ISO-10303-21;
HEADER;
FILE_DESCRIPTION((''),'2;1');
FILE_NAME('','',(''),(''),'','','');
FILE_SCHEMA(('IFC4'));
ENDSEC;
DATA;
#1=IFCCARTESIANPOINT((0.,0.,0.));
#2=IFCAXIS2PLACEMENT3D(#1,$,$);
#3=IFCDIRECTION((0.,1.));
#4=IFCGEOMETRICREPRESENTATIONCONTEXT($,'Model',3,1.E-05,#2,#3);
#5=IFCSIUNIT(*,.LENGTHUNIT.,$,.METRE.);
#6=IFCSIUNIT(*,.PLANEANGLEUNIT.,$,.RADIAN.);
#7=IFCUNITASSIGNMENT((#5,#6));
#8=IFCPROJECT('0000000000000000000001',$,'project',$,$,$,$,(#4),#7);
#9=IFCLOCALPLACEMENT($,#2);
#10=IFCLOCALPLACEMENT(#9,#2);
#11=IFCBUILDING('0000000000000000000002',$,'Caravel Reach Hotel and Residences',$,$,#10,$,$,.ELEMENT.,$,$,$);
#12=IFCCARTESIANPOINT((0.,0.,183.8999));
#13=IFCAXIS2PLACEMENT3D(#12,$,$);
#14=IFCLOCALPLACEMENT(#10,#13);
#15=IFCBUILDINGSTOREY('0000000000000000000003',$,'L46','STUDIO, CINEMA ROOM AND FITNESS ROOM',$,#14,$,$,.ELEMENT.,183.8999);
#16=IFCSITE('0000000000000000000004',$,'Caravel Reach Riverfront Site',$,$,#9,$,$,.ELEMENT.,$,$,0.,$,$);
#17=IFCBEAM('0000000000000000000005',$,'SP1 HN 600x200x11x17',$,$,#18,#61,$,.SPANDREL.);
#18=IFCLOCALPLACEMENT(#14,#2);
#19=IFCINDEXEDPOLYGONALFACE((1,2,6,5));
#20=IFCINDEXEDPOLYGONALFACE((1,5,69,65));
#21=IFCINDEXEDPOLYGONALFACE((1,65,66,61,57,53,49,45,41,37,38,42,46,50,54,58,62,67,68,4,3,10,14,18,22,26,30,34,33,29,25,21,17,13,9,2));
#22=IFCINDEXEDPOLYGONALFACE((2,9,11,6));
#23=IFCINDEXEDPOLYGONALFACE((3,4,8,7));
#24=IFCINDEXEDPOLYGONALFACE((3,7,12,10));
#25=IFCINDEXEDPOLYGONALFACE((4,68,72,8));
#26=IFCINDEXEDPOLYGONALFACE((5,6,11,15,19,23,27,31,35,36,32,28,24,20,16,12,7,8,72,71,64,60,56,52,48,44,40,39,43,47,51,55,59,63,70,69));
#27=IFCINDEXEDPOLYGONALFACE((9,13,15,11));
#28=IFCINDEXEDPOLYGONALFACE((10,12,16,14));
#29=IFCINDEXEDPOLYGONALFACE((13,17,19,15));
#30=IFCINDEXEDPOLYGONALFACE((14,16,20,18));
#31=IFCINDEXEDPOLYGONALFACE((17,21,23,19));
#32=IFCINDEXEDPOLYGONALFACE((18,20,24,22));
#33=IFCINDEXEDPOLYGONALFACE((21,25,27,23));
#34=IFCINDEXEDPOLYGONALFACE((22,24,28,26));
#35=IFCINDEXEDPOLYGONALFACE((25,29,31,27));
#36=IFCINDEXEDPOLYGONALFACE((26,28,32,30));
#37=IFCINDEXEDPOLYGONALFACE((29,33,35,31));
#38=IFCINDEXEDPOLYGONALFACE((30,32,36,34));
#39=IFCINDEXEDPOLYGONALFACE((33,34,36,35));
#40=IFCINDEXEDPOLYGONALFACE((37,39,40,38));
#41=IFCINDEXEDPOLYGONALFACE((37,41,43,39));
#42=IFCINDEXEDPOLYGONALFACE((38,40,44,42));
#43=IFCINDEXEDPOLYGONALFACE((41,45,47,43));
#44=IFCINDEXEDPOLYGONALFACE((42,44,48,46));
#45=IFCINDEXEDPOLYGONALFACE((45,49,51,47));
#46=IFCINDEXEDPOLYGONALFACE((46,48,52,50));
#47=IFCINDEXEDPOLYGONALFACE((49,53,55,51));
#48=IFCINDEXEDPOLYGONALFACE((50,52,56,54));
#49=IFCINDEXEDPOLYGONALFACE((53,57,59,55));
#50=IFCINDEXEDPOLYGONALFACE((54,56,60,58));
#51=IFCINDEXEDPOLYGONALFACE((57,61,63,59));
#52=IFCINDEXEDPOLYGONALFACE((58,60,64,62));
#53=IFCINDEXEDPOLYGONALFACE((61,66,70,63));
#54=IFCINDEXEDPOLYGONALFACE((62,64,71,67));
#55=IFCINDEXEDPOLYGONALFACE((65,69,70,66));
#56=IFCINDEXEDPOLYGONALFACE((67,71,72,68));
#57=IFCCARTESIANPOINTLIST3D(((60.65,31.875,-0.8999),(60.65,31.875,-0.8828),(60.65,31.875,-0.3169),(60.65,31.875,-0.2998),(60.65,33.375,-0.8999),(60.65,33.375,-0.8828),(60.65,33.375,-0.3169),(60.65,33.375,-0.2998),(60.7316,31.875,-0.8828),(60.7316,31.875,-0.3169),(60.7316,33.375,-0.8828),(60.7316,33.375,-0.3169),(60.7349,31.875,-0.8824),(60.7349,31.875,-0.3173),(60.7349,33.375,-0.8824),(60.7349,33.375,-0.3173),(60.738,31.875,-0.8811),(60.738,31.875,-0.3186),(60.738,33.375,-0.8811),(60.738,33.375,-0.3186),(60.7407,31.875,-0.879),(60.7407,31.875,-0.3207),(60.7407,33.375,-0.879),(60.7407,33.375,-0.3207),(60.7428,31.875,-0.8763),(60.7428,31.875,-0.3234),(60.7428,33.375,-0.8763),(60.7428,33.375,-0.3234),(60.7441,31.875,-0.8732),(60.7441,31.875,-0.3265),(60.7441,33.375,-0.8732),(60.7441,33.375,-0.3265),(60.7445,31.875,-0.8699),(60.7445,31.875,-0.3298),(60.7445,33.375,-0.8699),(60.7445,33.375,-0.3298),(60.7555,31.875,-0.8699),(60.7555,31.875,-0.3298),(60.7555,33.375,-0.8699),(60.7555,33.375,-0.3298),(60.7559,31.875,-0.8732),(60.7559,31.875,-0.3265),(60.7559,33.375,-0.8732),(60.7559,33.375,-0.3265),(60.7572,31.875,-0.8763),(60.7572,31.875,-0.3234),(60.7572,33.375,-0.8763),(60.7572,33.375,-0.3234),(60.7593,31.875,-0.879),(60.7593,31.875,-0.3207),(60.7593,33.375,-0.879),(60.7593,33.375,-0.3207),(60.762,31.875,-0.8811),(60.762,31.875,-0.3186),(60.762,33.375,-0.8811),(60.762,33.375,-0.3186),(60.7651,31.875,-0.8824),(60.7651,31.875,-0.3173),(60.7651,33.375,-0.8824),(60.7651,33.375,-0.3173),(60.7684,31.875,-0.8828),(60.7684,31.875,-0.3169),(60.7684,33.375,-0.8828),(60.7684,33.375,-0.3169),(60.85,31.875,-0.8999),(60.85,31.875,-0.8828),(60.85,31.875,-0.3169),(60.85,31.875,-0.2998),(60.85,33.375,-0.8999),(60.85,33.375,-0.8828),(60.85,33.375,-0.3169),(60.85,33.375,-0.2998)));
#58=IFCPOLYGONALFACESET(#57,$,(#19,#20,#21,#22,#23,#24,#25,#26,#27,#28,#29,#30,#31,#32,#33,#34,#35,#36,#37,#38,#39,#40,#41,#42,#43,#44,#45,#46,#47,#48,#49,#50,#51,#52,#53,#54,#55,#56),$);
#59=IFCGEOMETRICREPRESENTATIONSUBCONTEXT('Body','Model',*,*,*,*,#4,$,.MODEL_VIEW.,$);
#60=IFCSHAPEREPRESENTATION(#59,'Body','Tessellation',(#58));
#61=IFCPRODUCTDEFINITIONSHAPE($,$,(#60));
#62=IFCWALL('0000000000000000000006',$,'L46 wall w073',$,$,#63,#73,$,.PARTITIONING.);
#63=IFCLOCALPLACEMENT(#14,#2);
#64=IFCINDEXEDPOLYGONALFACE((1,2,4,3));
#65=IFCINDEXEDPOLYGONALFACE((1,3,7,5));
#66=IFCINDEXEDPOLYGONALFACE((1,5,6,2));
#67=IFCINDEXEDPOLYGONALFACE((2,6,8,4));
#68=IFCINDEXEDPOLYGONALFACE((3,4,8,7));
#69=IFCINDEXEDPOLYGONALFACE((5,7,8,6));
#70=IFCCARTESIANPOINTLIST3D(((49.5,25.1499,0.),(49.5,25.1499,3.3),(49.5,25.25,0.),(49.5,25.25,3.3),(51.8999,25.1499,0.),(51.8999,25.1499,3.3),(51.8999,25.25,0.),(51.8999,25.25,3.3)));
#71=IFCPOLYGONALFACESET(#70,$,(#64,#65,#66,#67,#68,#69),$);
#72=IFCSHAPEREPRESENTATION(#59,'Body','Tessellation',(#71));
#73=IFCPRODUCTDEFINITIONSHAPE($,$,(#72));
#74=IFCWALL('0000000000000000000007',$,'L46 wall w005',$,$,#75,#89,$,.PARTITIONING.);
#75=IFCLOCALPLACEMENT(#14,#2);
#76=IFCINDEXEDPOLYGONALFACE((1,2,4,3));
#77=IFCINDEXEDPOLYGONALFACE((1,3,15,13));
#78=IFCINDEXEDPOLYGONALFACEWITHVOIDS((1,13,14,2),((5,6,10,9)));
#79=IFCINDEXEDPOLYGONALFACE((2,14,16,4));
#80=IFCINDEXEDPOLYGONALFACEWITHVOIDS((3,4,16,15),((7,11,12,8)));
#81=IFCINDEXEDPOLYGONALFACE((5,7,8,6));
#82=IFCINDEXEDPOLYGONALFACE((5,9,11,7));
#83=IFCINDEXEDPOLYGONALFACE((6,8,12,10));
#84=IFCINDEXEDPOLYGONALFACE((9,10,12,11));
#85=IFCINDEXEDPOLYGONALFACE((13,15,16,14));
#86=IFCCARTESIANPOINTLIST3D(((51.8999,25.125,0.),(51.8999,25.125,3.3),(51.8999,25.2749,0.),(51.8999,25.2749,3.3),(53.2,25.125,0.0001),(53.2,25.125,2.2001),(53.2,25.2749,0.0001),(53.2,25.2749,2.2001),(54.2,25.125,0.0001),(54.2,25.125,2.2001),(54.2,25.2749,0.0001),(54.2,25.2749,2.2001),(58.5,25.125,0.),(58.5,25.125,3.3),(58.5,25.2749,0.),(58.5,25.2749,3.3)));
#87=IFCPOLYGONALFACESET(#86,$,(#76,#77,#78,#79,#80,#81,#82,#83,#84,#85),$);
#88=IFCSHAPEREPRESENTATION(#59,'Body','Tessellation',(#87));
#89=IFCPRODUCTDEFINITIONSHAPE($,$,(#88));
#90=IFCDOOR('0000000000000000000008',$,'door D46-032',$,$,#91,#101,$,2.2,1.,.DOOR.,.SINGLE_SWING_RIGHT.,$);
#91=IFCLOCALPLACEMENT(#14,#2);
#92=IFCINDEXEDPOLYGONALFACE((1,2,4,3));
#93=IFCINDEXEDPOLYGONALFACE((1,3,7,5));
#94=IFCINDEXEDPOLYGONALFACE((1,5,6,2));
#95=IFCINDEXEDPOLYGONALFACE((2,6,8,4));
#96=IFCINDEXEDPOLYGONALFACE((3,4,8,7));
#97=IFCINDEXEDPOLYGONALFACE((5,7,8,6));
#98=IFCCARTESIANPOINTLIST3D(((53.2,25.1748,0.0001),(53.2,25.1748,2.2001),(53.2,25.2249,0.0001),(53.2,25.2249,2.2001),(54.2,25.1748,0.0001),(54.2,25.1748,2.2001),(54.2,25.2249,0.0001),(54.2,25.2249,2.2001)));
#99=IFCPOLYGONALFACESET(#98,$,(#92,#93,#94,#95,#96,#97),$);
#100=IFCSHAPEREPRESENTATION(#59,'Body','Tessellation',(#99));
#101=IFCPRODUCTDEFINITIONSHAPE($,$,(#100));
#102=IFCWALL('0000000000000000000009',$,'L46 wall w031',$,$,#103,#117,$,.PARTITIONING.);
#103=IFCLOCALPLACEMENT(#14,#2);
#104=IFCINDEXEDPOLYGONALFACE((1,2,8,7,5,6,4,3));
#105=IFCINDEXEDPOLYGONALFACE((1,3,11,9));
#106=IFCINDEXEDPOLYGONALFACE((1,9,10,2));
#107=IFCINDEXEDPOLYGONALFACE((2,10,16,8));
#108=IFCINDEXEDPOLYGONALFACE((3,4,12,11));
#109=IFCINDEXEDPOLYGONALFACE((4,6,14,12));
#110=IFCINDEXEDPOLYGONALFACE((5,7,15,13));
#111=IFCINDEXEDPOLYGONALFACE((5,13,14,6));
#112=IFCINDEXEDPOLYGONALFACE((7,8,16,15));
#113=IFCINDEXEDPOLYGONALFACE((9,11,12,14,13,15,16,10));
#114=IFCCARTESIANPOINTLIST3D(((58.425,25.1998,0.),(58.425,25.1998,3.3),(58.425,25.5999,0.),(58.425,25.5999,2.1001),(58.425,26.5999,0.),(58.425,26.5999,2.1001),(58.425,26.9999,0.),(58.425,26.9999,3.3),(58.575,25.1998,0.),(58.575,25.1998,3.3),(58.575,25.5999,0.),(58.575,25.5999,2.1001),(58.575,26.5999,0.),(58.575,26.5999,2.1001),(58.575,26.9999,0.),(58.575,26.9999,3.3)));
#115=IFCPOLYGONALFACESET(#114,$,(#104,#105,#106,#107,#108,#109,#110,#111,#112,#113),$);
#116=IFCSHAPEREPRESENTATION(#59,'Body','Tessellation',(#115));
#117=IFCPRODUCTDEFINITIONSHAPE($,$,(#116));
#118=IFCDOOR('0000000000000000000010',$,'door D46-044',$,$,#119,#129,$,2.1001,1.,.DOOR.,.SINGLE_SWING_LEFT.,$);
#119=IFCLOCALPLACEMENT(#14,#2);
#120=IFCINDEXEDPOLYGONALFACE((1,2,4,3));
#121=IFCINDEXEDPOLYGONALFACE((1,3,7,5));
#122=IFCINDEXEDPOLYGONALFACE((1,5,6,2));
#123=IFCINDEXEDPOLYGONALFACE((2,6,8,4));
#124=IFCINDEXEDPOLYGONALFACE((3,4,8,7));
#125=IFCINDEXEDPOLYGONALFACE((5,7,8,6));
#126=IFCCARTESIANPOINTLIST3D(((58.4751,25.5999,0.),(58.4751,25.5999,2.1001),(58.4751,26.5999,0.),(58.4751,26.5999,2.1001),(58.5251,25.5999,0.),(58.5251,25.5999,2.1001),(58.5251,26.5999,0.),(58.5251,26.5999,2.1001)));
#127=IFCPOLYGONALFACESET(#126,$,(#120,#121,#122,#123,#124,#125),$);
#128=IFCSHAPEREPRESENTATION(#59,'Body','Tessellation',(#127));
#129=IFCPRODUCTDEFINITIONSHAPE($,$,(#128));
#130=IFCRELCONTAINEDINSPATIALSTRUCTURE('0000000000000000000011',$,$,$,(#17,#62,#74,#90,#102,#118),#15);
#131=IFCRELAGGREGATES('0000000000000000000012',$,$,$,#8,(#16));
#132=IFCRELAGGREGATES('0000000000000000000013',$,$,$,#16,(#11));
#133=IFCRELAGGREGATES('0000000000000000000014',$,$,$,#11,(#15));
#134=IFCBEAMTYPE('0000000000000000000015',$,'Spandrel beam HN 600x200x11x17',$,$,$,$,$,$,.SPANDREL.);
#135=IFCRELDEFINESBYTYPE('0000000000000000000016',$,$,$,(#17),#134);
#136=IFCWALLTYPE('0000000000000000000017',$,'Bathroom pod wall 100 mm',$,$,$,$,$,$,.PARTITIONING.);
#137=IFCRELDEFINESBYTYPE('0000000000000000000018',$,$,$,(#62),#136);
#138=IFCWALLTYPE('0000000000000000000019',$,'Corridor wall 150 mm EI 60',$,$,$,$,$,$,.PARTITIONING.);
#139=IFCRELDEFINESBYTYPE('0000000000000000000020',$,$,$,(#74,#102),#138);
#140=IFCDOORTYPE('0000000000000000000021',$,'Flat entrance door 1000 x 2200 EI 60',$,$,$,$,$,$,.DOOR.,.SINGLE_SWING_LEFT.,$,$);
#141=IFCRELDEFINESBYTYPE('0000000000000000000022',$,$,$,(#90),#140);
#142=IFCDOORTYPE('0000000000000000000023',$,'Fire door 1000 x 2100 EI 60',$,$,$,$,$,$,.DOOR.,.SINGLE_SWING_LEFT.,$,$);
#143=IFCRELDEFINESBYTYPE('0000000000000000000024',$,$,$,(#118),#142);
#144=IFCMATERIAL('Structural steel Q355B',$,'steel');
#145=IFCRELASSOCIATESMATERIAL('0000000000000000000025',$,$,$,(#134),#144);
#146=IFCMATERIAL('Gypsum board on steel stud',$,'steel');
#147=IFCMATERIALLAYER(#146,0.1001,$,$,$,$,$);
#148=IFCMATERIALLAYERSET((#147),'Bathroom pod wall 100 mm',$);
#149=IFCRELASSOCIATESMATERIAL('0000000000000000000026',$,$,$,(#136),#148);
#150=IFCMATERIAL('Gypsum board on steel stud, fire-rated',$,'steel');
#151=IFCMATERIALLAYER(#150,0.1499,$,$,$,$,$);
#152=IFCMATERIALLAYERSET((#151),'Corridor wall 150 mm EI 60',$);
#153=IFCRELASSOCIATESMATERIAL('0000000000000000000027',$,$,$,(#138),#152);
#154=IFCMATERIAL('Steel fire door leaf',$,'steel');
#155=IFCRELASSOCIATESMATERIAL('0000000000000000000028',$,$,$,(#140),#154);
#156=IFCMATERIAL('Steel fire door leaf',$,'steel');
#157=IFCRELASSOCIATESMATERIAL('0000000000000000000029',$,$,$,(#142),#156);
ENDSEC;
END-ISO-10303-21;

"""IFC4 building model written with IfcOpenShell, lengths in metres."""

from ifc_helpers import new_model, si_unit, direction, frame, frame_2d, origin, origin_2d, place, context, subcontext, project, spatial, rectangle, i_section, extrude, material, layer, layer_set, material_profile, profile_set, type_object, element, fill, save


model = new_model("IFC4")

# Units and contexts
model_context = context("Model", 3, precision=1e-05, world=origin(), true_north=direction((0.0, 1.0)))
body_context = subcontext(model_context, "Body", "Model", "MODEL_VIEW")
ifc_project = project(units=[si_unit("LENGTHUNIT", "METRE"), si_unit("PLANEANGLEUNIT", "RADIAN")], contexts=[model_context])

# Site, building, storey
site_placement = place(None, origin())
site = spatial("IfcSite", under=ifc_project, at=site_placement, Name="Caravel Reach Riverfront Site", CompositionType="ELEMENT", RefElevation=0.0)
building_placement = place(site_placement, origin())
building = spatial("IfcBuilding", under=site, at=building_placement, Name="Caravel Reach Hotel and Residences", CompositionType="ELEMENT")
storey_placement = place(building_placement, frame((0.0, 0.0, 183.8999)))
storey = spatial("IfcBuildingStorey", under=building, at=storey_placement, Name="L46", Description="STUDIO, CINEMA ROOM AND FITNESS ROOM", CompositionType="ELEMENT", Elevation=183.8999)

# Beam
ifc_material_1 = material(Name="Structural steel Q355B", Category="steel")
ifc_material_profile_1 = material_profile(ifc_material_1, i_section(OverallWidth=0.2, OverallDepth=0.6001, WebThickness=0.011, FlangeThickness=0.0171, FilletRadius=0.0129, at=origin_2d()), Name="HN 600x200x11x17")
ifc_profile_set_1 = profile_set([ifc_material_profile_1], Name="Structural steel Q355B")
beam_type_1 = type_object("IfcBeamType", Name="Spandrel beam HN 600x200x11x17", PredefinedType="SPANDREL", material=ifc_profile_set_1)
for number, where, z_axis, x_axis, name in (
    (1, (60.75, 31.875, -0.5999), (0.0, 1.0, 0.0), (-1.0, 0.0, 0.0), "SP1 HN 600x200x11x17"),
):
    element("IfcBeam", number, at=place(storey_placement, frame(where, z_axis=z_axis, x_axis=x_axis)), inside=storey, type_object=beam_type_1, Name=name, PredefinedType="SPANDREL", context=body_context, shape_type="SweptSolid", body=[
        extrude(i_section(OverallWidth=0.2, OverallDepth=0.6001, WebThickness=0.011, FlangeThickness=0.0171, FilletRadius=0.0129, at=origin_2d()), origin(), (0.0, 0.0, 1.0), 1.5),
    ])

# Wall
ifc_material_2 = material(Name="Gypsum board on steel stud", Category="steel")
ifc_layer_1 = layer(ifc_material_2, 0.1001)
ifc_layer_set_1 = layer_set([ifc_layer_1], Name="Bathroom pod wall 100 mm")
wall_type_1 = type_object("IfcWallType", Name="Bathroom pod wall 100 mm", PredefinedType="PARTITIONING", material=ifc_layer_set_1)
wall_1_placement = place(storey_placement, frame((49.5, 25.2, 0.0), z_axis=(0.0, 0.0, 1.0), x_axis=(1.0, 0.0, 0.0)))
element("IfcWall", 2, at=wall_1_placement, inside=storey, type_object=wall_type_1, Name="L46 wall w073", PredefinedType="PARTITIONING", context=body_context, shape_type="SweptSolid", body=[
    extrude(rectangle(XDim=2.3999, YDim=0.1001, at=frame_2d((1.2, 0.0))), origin(), (0.0, 0.0, 1.0), 3.3),
])

# Walls, openings, doors
ifc_material_3 = material(Name="Gypsum board on steel stud, fire-rated", Category="steel")
ifc_layer_2 = layer(ifc_material_3, 0.1499)
ifc_layer_set_2 = layer_set([ifc_layer_2], Name="Corridor wall 150 mm EI 60")
wall_type_2 = type_object("IfcWallType", Name="Corridor wall 150 mm EI 60", PredefinedType="PARTITIONING", material=ifc_layer_set_2)
wall_2_placement = place(storey_placement, frame((51.8999, 25.2, 0.0), z_axis=(0.0, 0.0, 1.0), x_axis=(1.0, 0.0, 0.0)))
wall_2 = element("IfcWall", 3, at=wall_2_placement, inside=storey, type_object=wall_type_2, Name="L46 wall w005", PredefinedType="PARTITIONING", context=body_context, shape_type="SweptSolid", body=[
    extrude(rectangle(XDim=6.6001, YDim=0.1499, at=frame_2d((3.3, 0.0))), origin(), (0.0, 0.0, 1.0), 3.3),
])
opening_1_placement = place(wall_2_placement, frame((1.3, 0.0, 0.0)))
opening_1 = element("IfcOpeningElement", 4, at=opening_1_placement, cuts=wall_2, PredefinedType="OPENING", context=body_context, shape_type="SweptSolid", body=[
    extrude(rectangle(XDim=1.0, YDim=2.2, at=frame_2d((0.5, 1.1001))), frame((0.0, 0.085, 0.0), z_axis=(0.0, -1.0, 0.0), x_axis=(1.0, 0.0, 0.0)), (0.0, 0.0, 1.0), 0.1699),
])
ifc_material_4 = material(Name="Steel fire door leaf", Category="steel")
door_type_1 = type_object("IfcDoorType", Name="Flat entrance door 1000 x 2200 EI 60", OperationType="SINGLE_SWING_LEFT", PredefinedType="DOOR", material=ifc_material_4)
door_1_placement = place(opening_1_placement, origin())
door_1 = element("IfcDoor", 5, at=door_1_placement, inside=storey, type_object=door_type_1, Name="door D46-032", OperationType="SINGLE_SWING_RIGHT", OverallHeight=2.2, OverallWidth=1.0, PredefinedType="DOOR", context=body_context, shape_type="SweptSolid", body=[
    extrude(rectangle(XDim=1.0, YDim=2.2, at=frame_2d((0.5, 1.1001))), frame((0.0, 0.0249, 0.0), z_axis=(0.0, -1.0, 0.0), x_axis=(1.0, 0.0, 0.0)), (0.0, 0.0, 1.0), 0.05),
])
fill(opening_1, door_1)
wall_3_placement = place(storey_placement, frame((58.5, 25.2, 0.0), z_axis=(0.0, 0.0, 1.0), x_axis=(0.0, 1.0, 0.0)))
wall_3 = element("IfcWall", 6, at=wall_3_placement, inside=storey, type_object=wall_type_2, Name="L46 wall w031", PredefinedType="PARTITIONING", context=body_context, shape_type="SweptSolid", body=[
    extrude(rectangle(XDim=1.8, YDim=0.1499, at=frame_2d((0.8999, 0.0))), origin(), (0.0, 0.0, 1.0), 3.3),
])
opening_2_placement = place(wall_3_placement, frame((0.3999, 0.0, 0.0)))
opening_2 = element("IfcOpeningElement", 7, at=opening_2_placement, cuts=wall_3, PredefinedType="OPENING", context=body_context, shape_type="SweptSolid", body=[
    extrude(rectangle(XDim=1.0, YDim=2.1001, at=frame_2d((0.5, 1.05))), frame((0.0, 0.085, 0.0), z_axis=(0.0, -1.0, 0.0), x_axis=(1.0, 0.0, 0.0)), (0.0, 0.0, 1.0), 0.1699),
])
ifc_material_5 = material(Name="Steel fire door leaf", Category="steel")
door_type_2 = type_object("IfcDoorType", Name="Fire door 1000 x 2100 EI 60", OperationType="SINGLE_SWING_LEFT", PredefinedType="DOOR", material=ifc_material_5)
door_2_placement = place(opening_2_placement, origin())
door_2 = element("IfcDoor", 8, at=door_2_placement, inside=storey, type_object=door_type_2, Name="door D46-044", OperationType="SINGLE_SWING_LEFT", OverallHeight=2.1001, OverallWidth=1.0, PredefinedType="DOOR", context=body_context, shape_type="SweptSolid", body=[
    extrude(rectangle(XDim=1.0, YDim=2.1001, at=frame_2d((0.5, 1.05))), frame((0.0, 0.0249, 0.0), z_axis=(0.0, -1.0, 0.0), x_axis=(1.0, 0.0, 0.0)), (0.0, 0.0, 1.0), 0.05),
])
fill(opening_2, door_2)

save(model, "model.ifc")
